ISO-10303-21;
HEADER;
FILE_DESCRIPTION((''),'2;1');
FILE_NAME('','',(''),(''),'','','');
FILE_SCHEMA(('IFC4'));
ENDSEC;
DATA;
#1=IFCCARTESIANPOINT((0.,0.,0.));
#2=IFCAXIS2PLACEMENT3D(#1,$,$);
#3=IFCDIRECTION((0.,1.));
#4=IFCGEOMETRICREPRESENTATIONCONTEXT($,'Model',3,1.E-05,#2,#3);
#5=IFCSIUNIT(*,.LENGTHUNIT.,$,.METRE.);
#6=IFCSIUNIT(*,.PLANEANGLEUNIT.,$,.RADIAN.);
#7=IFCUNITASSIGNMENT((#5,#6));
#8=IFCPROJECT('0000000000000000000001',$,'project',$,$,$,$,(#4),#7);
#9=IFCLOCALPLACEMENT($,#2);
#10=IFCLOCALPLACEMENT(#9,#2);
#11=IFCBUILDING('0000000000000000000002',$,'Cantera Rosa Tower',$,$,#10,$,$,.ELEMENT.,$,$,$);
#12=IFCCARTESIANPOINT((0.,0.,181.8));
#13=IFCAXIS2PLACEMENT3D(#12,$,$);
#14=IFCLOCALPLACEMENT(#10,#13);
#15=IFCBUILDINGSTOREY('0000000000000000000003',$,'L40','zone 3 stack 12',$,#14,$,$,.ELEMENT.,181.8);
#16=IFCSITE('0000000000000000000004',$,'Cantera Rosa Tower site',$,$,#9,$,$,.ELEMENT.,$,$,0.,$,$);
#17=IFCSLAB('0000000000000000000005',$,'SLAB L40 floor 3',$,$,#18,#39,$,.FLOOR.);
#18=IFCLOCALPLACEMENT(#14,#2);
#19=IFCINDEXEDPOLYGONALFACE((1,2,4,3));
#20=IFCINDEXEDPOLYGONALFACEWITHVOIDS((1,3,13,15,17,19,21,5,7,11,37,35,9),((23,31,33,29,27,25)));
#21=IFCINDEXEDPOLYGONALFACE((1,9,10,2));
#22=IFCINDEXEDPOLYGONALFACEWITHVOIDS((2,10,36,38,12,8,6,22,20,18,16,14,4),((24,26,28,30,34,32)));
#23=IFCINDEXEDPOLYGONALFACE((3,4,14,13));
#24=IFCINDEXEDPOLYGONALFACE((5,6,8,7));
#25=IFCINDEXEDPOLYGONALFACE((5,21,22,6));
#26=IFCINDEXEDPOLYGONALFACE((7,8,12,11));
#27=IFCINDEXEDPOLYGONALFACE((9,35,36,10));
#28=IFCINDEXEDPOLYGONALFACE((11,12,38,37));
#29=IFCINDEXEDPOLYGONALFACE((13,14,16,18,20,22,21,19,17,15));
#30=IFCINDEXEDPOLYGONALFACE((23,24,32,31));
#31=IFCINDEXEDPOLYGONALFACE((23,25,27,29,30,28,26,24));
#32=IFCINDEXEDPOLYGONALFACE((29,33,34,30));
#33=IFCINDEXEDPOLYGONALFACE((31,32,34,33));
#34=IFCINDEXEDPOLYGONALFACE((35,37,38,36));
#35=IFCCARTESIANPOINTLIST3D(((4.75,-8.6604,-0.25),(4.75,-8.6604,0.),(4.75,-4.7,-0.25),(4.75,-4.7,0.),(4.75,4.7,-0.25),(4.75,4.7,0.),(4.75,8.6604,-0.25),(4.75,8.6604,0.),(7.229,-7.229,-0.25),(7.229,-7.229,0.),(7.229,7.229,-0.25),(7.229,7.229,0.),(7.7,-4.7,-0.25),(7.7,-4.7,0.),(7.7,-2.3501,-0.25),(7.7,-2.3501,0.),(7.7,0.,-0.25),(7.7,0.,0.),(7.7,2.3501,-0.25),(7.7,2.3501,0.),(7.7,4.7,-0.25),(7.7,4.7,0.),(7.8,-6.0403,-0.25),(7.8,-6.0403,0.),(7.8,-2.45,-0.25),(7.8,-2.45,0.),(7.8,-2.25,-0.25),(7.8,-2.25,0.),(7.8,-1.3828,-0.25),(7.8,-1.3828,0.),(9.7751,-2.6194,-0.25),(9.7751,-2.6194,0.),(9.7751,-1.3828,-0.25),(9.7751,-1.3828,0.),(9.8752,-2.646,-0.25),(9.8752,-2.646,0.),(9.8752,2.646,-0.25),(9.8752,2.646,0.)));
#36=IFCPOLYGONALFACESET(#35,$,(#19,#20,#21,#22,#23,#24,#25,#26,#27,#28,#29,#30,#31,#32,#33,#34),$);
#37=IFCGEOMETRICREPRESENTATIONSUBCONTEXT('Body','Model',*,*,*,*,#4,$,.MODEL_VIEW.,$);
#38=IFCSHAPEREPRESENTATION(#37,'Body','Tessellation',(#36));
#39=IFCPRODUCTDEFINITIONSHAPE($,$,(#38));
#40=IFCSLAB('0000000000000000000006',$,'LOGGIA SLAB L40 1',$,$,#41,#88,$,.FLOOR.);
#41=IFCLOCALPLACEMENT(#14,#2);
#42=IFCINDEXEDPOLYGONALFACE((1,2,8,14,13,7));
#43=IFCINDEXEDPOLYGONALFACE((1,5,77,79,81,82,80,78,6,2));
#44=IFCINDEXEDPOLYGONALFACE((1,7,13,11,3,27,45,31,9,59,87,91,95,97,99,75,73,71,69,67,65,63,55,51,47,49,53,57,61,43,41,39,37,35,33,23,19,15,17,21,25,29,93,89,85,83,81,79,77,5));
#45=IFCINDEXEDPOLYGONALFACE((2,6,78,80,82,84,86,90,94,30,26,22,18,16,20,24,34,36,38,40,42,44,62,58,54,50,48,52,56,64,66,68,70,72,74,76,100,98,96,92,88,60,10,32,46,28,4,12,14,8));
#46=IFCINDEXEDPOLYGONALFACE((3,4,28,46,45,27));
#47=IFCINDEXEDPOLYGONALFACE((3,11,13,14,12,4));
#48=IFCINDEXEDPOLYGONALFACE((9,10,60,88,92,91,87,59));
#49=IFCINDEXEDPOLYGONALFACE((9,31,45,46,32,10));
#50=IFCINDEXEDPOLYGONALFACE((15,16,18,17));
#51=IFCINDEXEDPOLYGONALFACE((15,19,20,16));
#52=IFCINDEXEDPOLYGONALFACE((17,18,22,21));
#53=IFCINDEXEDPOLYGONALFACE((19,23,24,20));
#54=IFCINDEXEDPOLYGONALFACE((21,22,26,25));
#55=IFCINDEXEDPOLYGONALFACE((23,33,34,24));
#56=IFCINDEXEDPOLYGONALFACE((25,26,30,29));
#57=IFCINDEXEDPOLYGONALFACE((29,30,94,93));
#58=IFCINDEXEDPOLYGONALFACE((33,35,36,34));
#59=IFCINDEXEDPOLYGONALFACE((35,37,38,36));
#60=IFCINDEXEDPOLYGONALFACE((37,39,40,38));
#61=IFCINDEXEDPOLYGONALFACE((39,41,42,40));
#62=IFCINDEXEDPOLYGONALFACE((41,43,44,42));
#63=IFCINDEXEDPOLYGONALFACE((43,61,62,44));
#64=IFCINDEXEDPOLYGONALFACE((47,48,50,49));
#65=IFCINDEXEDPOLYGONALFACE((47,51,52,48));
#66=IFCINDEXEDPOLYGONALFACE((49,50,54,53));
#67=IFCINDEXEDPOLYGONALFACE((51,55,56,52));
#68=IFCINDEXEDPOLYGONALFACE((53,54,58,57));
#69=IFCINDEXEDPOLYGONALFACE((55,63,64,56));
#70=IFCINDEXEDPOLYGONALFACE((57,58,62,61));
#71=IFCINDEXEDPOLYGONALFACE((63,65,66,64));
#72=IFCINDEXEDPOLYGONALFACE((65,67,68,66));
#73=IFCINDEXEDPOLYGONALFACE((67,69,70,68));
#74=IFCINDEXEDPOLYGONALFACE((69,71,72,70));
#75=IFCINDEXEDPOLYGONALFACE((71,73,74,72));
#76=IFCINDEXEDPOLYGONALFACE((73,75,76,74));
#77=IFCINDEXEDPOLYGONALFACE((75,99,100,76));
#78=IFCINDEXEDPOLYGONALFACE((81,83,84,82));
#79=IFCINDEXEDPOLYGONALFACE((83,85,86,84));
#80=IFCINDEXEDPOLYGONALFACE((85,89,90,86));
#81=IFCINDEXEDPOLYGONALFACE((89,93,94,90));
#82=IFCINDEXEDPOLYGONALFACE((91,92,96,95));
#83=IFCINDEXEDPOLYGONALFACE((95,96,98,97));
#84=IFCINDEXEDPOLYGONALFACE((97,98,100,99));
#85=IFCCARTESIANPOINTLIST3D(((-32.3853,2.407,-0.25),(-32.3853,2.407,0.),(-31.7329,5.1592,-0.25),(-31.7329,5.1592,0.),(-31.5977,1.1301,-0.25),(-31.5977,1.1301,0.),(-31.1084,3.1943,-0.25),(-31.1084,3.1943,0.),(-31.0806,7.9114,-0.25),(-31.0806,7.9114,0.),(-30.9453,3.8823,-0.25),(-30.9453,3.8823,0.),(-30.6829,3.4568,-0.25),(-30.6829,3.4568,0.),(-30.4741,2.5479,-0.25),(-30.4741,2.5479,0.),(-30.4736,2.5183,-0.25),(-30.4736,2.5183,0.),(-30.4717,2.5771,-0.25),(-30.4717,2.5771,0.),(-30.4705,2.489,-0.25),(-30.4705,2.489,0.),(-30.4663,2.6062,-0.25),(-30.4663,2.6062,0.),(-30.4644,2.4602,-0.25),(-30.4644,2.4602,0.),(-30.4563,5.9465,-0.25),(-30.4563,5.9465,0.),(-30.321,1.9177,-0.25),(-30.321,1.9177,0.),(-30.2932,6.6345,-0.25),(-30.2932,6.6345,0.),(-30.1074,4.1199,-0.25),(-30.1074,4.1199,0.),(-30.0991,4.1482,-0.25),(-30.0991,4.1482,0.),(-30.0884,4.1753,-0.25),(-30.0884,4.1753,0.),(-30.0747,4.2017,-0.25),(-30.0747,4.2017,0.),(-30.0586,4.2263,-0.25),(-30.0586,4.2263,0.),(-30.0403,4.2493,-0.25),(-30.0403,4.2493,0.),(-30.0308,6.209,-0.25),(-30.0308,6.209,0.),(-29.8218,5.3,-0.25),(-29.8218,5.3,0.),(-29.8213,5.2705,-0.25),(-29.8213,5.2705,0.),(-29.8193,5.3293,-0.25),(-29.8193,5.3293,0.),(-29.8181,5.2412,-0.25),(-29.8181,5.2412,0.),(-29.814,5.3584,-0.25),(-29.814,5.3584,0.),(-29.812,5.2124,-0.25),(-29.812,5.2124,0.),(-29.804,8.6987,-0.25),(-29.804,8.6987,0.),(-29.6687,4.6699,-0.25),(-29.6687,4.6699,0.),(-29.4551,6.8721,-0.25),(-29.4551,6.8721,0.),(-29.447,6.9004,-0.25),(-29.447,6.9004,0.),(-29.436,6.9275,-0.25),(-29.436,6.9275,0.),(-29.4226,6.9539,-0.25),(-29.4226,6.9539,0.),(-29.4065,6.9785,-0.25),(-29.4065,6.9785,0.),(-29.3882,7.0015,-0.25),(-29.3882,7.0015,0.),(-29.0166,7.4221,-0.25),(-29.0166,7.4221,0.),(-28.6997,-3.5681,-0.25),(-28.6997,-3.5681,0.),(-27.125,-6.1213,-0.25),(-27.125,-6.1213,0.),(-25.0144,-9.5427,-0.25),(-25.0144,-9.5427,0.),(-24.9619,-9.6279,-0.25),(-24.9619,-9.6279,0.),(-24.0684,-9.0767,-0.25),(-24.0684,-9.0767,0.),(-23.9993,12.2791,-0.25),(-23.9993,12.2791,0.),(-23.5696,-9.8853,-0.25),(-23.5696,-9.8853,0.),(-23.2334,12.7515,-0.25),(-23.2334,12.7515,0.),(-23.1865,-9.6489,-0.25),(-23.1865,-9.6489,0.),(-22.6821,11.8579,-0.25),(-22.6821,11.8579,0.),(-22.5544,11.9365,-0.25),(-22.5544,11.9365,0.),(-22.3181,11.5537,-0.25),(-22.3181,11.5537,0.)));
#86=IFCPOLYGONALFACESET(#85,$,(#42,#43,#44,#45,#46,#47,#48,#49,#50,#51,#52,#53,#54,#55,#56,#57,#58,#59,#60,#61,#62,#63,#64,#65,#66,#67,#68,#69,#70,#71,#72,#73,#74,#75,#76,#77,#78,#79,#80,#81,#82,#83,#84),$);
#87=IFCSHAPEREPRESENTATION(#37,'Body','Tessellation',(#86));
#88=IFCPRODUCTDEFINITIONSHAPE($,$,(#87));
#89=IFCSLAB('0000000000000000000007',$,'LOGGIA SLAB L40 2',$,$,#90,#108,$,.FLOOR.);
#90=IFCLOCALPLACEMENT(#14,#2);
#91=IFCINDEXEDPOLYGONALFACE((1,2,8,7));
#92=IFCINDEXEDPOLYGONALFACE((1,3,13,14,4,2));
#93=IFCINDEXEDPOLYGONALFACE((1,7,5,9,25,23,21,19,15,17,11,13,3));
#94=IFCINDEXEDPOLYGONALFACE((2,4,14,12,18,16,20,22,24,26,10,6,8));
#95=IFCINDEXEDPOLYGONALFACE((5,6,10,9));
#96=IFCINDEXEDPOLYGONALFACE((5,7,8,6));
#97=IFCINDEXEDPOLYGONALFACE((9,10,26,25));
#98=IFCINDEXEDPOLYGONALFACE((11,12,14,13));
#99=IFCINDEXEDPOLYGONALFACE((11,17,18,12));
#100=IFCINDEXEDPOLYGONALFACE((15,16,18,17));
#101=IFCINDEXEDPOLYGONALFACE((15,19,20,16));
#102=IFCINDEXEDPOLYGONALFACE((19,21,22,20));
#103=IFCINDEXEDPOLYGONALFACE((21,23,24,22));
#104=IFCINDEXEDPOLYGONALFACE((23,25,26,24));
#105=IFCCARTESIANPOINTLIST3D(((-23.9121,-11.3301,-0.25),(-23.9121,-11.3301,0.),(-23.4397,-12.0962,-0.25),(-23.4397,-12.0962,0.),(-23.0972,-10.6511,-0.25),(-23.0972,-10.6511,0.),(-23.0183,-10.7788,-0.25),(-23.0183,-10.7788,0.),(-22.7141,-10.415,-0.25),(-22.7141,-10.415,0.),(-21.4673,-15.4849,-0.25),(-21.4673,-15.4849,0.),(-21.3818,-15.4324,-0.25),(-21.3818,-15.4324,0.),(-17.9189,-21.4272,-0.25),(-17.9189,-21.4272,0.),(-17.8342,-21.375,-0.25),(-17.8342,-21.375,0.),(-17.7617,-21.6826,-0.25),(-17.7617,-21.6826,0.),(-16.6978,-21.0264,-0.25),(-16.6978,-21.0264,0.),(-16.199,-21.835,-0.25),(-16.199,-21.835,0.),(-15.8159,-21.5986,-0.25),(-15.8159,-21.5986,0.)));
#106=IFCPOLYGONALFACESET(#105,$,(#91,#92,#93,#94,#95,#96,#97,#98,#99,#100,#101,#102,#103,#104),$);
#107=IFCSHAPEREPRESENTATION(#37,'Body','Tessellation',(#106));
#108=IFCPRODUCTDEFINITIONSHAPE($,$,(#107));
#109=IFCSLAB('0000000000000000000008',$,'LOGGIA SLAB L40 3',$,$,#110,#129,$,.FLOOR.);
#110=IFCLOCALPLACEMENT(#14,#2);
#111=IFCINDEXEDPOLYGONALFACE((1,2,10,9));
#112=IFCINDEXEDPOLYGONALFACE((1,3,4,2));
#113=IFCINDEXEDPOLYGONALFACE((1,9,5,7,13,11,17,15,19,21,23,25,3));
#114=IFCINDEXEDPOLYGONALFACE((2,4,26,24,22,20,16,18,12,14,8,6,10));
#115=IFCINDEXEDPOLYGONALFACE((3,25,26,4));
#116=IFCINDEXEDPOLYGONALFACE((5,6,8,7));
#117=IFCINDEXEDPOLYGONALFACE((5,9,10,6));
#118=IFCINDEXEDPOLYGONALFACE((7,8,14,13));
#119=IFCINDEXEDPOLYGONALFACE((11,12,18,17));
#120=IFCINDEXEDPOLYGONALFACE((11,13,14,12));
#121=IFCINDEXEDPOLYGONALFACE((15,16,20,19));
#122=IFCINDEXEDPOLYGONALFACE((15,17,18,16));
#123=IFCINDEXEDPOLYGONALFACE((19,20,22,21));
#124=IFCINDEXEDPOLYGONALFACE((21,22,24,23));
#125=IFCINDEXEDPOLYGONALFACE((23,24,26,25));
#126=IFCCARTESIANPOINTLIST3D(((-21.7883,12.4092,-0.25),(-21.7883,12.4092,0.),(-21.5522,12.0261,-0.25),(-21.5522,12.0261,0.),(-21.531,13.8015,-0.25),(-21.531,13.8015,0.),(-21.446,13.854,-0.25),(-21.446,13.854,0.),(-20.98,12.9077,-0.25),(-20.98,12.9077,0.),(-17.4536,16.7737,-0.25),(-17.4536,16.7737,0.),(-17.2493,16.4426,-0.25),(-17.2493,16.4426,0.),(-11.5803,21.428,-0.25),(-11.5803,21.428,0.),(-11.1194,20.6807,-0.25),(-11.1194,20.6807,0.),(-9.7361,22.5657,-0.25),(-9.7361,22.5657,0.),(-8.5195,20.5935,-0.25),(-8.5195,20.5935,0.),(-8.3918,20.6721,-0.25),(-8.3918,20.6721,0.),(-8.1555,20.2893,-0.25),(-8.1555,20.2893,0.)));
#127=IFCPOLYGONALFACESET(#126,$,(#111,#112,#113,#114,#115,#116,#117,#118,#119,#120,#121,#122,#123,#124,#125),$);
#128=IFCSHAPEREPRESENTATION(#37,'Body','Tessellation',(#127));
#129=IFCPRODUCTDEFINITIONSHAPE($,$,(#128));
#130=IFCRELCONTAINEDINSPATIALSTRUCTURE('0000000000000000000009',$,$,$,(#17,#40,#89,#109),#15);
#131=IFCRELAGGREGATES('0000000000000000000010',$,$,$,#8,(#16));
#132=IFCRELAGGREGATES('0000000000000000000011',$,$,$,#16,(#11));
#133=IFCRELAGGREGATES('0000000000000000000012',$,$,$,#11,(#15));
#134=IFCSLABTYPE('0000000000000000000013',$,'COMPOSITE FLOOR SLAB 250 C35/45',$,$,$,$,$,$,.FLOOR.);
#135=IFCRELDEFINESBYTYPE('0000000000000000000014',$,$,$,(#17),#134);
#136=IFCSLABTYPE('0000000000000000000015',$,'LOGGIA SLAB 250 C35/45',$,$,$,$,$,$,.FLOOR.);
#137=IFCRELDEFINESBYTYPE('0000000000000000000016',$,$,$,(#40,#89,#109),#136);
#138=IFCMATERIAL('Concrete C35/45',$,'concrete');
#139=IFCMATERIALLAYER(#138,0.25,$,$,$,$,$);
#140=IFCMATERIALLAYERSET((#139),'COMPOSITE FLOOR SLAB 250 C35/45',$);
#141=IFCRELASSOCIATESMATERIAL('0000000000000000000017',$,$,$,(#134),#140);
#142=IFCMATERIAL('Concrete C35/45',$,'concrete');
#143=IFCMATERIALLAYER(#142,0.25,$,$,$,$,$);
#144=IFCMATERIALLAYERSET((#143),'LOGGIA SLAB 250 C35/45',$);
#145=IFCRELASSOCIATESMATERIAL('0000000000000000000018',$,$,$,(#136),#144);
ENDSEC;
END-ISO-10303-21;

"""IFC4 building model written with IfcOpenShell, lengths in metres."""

from ifc_helpers import new_model, si_unit, direction, frame, origin, place, context, subcontext, project, spatial, polyline, outline, extrude, material, layer, layer_set, type_object, element, save


model = new_model("IFC4")

# Units and contexts
model_context = context("Model", 3, precision=1e-05, world=origin(), true_north=direction((0.0, 1.0)))
body_context = subcontext(model_context, "Body", "Model", "MODEL_VIEW")
ifc_project = project(units=[si_unit("LENGTHUNIT", "METRE"), si_unit("PLANEANGLEUNIT", "RADIAN")], contexts=[model_context])

# Site, building, storey
site_placement = place(None, origin())
site = spatial("IfcSite", under=ifc_project, at=site_placement, Name="Cantera Rosa Tower site", CompositionType="ELEMENT", RefElevation=0.0)
building_placement = place(site_placement, origin())
building = spatial("IfcBuilding", under=site, at=building_placement, Name="Cantera Rosa Tower", CompositionType="ELEMENT")
storey_placement = place(building_placement, frame((0.0, 0.0, 181.8)))
storey = spatial("IfcBuildingStorey", under=building, at=storey_placement, Name="L40", Description="zone 3 stack 12", CompositionType="ELEMENT", Elevation=181.8)

# Slabs
ifc_material_1 = material(Name="Concrete C35/45", Category="concrete")
ifc_layer_1 = layer(ifc_material_1, 0.25)
ifc_layer_set_1 = layer_set([ifc_layer_1], Name="COMPOSITE FLOOR SLAB 250 C35/45")
slab_type_1 = type_object("IfcSlabType", Name="COMPOSITE FLOOR SLAB 250 C35/45", PredefinedType="FLOOR", material=ifc_layer_set_1)
slab_1_placement = place(storey_placement, frame((0.0, 0.0, -0.25)))
element("IfcSlab", 1, at=slab_1_placement, inside=storey, type_object=slab_type_1, Name="SLAB L40 floor 3", PredefinedType="FLOOR", context=body_context, shape_type="SweptSolid", body=[
    extrude(outline(polyline([(7.7, 0.0), (7.7, 2.3501), (7.7, 4.7), (4.75, 4.7), (4.75, 8.6604), (7.229, 7.229), (9.8752, 2.646), (9.8752, -2.646), (7.229, -7.229), (4.75, -8.6604), (4.75, -4.7), (7.7, -4.7), (7.7, -2.3501), (7.7, 0.0)]), holes=[polyline([(9.7751, -1.3828), (7.8, -1.3828), (7.8, -2.25), (7.8, -2.45), (7.8, -6.0403), (9.7751, -2.6194), (9.7751, -1.3828)])]), origin(), (0.0, 0.0, 1.0), 0.25),
])
ifc_material_2 = material(Name="Concrete C35/45", Category="concrete")
ifc_layer_2 = layer(ifc_material_2, 0.25)
ifc_layer_set_2 = layer_set([ifc_layer_2], Name="LOGGIA SLAB 250 C35/45")
slab_type_2 = type_object("IfcSlabType", Name="LOGGIA SLAB 250 C35/45", PredefinedType="FLOOR", material=ifc_layer_set_2)
slab_2_placement = place(storey_placement, frame((0.0, 0.0, -0.25)))
element("IfcSlab", 2, at=slab_2_placement, inside=storey, type_object=slab_type_2, Name="LOGGIA SLAB L40 1", PredefinedType="FLOOR", context=body_context, shape_type="SweptSolid", body=[
    extrude(outline(polyline([(-31.1084, 3.1943), (-30.6829, 3.4568), (-30.9453, 3.8823), (-31.7329, 5.1592), (-30.4563, 5.9465), (-30.0308, 6.209), (-30.2932, 6.6345), (-31.0806, 7.9114), (-29.804, 8.6987), (-23.9993, 12.2791), (-23.2334, 12.7515), (-22.6821, 11.8579), (-22.5544, 11.9365), (-22.3181, 11.5537), (-29.0166, 7.4221), (-29.3882, 7.0015), (-29.4065, 6.9785), (-29.4226, 6.9539), (-29.436, 6.9275), (-29.447, 6.9004), (-29.4551, 6.8721), (-29.814, 5.3584), (-29.8193, 5.3293), (-29.8218, 5.3), (-29.8213, 5.2705), (-29.8181, 5.2412), (-29.812, 5.2124), (-29.6687, 4.6699), (-30.0403, 4.2493), (-30.0586, 4.2263), (-30.0747, 4.2017), (-30.0884, 4.1753), (-30.0991, 4.1482), (-30.1074, 4.1199), (-30.4663, 2.6062), (-30.4717, 2.5771), (-30.4741, 2.5479), (-30.4736, 2.5183), (-30.4705, 2.489), (-30.4644, 2.4602), (-30.321, 1.9177), (-23.1865, -9.6489), (-23.5696, -9.8853), (-24.0684, -9.0767), (-24.9619, -9.6279), (-25.0144, -9.5427), (-27.125, -6.1213), (-28.6997, -3.5681), (-31.5977, 1.1301), (-32.3853, 2.407), (-31.1084, 3.1943)])), origin(), (0.0, 0.0, 1.0), 0.25),
])
slab_3_placement = place(storey_placement, frame((0.0, 0.0, -0.25)))
element("IfcSlab", 3, at=slab_3_placement, inside=storey, type_object=slab_type_2, Name="LOGGIA SLAB L40 2", PredefinedType="FLOOR", context=body_context, shape_type="SweptSolid", body=[
    extrude(outline(polyline([(-23.9121, -11.3301), (-23.0183, -10.7788), (-23.0972, -10.6511), (-22.7141, -10.415), (-15.8159, -21.5986), (-16.199, -21.835), (-16.6978, -21.0264), (-17.7617, -21.6826), (-17.9189, -21.4272), (-17.8342, -21.375), (-21.4673, -15.4849), (-21.3818, -15.4324), (-23.4397, -12.0962), (-23.9121, -11.3301)])), origin(), (0.0, 0.0, 1.0), 0.25),
])
slab_4_placement = place(storey_placement, frame((0.0, 0.0, -0.25)))
element("IfcSlab", 4, at=slab_4_placement, inside=storey, type_object=slab_type_2, Name="LOGGIA SLAB L40 3", PredefinedType="FLOOR", context=body_context, shape_type="SweptSolid", body=[
    extrude(outline(polyline([(-9.7361, 22.5657), (-8.5195, 20.5935), (-8.3918, 20.6721), (-8.1555, 20.2893), (-21.5522, 12.0261), (-21.7883, 12.4092), (-20.98, 12.9077), (-21.531, 13.8015), (-21.446, 13.854), (-17.2493, 16.4426), (-17.4536, 16.7737), (-11.1194, 20.6807), (-11.5803, 21.428), (-9.7361, 22.5657)])), origin(), (0.0, 0.0, 1.0), 0.25),
])

save(model, "model.ifc")
